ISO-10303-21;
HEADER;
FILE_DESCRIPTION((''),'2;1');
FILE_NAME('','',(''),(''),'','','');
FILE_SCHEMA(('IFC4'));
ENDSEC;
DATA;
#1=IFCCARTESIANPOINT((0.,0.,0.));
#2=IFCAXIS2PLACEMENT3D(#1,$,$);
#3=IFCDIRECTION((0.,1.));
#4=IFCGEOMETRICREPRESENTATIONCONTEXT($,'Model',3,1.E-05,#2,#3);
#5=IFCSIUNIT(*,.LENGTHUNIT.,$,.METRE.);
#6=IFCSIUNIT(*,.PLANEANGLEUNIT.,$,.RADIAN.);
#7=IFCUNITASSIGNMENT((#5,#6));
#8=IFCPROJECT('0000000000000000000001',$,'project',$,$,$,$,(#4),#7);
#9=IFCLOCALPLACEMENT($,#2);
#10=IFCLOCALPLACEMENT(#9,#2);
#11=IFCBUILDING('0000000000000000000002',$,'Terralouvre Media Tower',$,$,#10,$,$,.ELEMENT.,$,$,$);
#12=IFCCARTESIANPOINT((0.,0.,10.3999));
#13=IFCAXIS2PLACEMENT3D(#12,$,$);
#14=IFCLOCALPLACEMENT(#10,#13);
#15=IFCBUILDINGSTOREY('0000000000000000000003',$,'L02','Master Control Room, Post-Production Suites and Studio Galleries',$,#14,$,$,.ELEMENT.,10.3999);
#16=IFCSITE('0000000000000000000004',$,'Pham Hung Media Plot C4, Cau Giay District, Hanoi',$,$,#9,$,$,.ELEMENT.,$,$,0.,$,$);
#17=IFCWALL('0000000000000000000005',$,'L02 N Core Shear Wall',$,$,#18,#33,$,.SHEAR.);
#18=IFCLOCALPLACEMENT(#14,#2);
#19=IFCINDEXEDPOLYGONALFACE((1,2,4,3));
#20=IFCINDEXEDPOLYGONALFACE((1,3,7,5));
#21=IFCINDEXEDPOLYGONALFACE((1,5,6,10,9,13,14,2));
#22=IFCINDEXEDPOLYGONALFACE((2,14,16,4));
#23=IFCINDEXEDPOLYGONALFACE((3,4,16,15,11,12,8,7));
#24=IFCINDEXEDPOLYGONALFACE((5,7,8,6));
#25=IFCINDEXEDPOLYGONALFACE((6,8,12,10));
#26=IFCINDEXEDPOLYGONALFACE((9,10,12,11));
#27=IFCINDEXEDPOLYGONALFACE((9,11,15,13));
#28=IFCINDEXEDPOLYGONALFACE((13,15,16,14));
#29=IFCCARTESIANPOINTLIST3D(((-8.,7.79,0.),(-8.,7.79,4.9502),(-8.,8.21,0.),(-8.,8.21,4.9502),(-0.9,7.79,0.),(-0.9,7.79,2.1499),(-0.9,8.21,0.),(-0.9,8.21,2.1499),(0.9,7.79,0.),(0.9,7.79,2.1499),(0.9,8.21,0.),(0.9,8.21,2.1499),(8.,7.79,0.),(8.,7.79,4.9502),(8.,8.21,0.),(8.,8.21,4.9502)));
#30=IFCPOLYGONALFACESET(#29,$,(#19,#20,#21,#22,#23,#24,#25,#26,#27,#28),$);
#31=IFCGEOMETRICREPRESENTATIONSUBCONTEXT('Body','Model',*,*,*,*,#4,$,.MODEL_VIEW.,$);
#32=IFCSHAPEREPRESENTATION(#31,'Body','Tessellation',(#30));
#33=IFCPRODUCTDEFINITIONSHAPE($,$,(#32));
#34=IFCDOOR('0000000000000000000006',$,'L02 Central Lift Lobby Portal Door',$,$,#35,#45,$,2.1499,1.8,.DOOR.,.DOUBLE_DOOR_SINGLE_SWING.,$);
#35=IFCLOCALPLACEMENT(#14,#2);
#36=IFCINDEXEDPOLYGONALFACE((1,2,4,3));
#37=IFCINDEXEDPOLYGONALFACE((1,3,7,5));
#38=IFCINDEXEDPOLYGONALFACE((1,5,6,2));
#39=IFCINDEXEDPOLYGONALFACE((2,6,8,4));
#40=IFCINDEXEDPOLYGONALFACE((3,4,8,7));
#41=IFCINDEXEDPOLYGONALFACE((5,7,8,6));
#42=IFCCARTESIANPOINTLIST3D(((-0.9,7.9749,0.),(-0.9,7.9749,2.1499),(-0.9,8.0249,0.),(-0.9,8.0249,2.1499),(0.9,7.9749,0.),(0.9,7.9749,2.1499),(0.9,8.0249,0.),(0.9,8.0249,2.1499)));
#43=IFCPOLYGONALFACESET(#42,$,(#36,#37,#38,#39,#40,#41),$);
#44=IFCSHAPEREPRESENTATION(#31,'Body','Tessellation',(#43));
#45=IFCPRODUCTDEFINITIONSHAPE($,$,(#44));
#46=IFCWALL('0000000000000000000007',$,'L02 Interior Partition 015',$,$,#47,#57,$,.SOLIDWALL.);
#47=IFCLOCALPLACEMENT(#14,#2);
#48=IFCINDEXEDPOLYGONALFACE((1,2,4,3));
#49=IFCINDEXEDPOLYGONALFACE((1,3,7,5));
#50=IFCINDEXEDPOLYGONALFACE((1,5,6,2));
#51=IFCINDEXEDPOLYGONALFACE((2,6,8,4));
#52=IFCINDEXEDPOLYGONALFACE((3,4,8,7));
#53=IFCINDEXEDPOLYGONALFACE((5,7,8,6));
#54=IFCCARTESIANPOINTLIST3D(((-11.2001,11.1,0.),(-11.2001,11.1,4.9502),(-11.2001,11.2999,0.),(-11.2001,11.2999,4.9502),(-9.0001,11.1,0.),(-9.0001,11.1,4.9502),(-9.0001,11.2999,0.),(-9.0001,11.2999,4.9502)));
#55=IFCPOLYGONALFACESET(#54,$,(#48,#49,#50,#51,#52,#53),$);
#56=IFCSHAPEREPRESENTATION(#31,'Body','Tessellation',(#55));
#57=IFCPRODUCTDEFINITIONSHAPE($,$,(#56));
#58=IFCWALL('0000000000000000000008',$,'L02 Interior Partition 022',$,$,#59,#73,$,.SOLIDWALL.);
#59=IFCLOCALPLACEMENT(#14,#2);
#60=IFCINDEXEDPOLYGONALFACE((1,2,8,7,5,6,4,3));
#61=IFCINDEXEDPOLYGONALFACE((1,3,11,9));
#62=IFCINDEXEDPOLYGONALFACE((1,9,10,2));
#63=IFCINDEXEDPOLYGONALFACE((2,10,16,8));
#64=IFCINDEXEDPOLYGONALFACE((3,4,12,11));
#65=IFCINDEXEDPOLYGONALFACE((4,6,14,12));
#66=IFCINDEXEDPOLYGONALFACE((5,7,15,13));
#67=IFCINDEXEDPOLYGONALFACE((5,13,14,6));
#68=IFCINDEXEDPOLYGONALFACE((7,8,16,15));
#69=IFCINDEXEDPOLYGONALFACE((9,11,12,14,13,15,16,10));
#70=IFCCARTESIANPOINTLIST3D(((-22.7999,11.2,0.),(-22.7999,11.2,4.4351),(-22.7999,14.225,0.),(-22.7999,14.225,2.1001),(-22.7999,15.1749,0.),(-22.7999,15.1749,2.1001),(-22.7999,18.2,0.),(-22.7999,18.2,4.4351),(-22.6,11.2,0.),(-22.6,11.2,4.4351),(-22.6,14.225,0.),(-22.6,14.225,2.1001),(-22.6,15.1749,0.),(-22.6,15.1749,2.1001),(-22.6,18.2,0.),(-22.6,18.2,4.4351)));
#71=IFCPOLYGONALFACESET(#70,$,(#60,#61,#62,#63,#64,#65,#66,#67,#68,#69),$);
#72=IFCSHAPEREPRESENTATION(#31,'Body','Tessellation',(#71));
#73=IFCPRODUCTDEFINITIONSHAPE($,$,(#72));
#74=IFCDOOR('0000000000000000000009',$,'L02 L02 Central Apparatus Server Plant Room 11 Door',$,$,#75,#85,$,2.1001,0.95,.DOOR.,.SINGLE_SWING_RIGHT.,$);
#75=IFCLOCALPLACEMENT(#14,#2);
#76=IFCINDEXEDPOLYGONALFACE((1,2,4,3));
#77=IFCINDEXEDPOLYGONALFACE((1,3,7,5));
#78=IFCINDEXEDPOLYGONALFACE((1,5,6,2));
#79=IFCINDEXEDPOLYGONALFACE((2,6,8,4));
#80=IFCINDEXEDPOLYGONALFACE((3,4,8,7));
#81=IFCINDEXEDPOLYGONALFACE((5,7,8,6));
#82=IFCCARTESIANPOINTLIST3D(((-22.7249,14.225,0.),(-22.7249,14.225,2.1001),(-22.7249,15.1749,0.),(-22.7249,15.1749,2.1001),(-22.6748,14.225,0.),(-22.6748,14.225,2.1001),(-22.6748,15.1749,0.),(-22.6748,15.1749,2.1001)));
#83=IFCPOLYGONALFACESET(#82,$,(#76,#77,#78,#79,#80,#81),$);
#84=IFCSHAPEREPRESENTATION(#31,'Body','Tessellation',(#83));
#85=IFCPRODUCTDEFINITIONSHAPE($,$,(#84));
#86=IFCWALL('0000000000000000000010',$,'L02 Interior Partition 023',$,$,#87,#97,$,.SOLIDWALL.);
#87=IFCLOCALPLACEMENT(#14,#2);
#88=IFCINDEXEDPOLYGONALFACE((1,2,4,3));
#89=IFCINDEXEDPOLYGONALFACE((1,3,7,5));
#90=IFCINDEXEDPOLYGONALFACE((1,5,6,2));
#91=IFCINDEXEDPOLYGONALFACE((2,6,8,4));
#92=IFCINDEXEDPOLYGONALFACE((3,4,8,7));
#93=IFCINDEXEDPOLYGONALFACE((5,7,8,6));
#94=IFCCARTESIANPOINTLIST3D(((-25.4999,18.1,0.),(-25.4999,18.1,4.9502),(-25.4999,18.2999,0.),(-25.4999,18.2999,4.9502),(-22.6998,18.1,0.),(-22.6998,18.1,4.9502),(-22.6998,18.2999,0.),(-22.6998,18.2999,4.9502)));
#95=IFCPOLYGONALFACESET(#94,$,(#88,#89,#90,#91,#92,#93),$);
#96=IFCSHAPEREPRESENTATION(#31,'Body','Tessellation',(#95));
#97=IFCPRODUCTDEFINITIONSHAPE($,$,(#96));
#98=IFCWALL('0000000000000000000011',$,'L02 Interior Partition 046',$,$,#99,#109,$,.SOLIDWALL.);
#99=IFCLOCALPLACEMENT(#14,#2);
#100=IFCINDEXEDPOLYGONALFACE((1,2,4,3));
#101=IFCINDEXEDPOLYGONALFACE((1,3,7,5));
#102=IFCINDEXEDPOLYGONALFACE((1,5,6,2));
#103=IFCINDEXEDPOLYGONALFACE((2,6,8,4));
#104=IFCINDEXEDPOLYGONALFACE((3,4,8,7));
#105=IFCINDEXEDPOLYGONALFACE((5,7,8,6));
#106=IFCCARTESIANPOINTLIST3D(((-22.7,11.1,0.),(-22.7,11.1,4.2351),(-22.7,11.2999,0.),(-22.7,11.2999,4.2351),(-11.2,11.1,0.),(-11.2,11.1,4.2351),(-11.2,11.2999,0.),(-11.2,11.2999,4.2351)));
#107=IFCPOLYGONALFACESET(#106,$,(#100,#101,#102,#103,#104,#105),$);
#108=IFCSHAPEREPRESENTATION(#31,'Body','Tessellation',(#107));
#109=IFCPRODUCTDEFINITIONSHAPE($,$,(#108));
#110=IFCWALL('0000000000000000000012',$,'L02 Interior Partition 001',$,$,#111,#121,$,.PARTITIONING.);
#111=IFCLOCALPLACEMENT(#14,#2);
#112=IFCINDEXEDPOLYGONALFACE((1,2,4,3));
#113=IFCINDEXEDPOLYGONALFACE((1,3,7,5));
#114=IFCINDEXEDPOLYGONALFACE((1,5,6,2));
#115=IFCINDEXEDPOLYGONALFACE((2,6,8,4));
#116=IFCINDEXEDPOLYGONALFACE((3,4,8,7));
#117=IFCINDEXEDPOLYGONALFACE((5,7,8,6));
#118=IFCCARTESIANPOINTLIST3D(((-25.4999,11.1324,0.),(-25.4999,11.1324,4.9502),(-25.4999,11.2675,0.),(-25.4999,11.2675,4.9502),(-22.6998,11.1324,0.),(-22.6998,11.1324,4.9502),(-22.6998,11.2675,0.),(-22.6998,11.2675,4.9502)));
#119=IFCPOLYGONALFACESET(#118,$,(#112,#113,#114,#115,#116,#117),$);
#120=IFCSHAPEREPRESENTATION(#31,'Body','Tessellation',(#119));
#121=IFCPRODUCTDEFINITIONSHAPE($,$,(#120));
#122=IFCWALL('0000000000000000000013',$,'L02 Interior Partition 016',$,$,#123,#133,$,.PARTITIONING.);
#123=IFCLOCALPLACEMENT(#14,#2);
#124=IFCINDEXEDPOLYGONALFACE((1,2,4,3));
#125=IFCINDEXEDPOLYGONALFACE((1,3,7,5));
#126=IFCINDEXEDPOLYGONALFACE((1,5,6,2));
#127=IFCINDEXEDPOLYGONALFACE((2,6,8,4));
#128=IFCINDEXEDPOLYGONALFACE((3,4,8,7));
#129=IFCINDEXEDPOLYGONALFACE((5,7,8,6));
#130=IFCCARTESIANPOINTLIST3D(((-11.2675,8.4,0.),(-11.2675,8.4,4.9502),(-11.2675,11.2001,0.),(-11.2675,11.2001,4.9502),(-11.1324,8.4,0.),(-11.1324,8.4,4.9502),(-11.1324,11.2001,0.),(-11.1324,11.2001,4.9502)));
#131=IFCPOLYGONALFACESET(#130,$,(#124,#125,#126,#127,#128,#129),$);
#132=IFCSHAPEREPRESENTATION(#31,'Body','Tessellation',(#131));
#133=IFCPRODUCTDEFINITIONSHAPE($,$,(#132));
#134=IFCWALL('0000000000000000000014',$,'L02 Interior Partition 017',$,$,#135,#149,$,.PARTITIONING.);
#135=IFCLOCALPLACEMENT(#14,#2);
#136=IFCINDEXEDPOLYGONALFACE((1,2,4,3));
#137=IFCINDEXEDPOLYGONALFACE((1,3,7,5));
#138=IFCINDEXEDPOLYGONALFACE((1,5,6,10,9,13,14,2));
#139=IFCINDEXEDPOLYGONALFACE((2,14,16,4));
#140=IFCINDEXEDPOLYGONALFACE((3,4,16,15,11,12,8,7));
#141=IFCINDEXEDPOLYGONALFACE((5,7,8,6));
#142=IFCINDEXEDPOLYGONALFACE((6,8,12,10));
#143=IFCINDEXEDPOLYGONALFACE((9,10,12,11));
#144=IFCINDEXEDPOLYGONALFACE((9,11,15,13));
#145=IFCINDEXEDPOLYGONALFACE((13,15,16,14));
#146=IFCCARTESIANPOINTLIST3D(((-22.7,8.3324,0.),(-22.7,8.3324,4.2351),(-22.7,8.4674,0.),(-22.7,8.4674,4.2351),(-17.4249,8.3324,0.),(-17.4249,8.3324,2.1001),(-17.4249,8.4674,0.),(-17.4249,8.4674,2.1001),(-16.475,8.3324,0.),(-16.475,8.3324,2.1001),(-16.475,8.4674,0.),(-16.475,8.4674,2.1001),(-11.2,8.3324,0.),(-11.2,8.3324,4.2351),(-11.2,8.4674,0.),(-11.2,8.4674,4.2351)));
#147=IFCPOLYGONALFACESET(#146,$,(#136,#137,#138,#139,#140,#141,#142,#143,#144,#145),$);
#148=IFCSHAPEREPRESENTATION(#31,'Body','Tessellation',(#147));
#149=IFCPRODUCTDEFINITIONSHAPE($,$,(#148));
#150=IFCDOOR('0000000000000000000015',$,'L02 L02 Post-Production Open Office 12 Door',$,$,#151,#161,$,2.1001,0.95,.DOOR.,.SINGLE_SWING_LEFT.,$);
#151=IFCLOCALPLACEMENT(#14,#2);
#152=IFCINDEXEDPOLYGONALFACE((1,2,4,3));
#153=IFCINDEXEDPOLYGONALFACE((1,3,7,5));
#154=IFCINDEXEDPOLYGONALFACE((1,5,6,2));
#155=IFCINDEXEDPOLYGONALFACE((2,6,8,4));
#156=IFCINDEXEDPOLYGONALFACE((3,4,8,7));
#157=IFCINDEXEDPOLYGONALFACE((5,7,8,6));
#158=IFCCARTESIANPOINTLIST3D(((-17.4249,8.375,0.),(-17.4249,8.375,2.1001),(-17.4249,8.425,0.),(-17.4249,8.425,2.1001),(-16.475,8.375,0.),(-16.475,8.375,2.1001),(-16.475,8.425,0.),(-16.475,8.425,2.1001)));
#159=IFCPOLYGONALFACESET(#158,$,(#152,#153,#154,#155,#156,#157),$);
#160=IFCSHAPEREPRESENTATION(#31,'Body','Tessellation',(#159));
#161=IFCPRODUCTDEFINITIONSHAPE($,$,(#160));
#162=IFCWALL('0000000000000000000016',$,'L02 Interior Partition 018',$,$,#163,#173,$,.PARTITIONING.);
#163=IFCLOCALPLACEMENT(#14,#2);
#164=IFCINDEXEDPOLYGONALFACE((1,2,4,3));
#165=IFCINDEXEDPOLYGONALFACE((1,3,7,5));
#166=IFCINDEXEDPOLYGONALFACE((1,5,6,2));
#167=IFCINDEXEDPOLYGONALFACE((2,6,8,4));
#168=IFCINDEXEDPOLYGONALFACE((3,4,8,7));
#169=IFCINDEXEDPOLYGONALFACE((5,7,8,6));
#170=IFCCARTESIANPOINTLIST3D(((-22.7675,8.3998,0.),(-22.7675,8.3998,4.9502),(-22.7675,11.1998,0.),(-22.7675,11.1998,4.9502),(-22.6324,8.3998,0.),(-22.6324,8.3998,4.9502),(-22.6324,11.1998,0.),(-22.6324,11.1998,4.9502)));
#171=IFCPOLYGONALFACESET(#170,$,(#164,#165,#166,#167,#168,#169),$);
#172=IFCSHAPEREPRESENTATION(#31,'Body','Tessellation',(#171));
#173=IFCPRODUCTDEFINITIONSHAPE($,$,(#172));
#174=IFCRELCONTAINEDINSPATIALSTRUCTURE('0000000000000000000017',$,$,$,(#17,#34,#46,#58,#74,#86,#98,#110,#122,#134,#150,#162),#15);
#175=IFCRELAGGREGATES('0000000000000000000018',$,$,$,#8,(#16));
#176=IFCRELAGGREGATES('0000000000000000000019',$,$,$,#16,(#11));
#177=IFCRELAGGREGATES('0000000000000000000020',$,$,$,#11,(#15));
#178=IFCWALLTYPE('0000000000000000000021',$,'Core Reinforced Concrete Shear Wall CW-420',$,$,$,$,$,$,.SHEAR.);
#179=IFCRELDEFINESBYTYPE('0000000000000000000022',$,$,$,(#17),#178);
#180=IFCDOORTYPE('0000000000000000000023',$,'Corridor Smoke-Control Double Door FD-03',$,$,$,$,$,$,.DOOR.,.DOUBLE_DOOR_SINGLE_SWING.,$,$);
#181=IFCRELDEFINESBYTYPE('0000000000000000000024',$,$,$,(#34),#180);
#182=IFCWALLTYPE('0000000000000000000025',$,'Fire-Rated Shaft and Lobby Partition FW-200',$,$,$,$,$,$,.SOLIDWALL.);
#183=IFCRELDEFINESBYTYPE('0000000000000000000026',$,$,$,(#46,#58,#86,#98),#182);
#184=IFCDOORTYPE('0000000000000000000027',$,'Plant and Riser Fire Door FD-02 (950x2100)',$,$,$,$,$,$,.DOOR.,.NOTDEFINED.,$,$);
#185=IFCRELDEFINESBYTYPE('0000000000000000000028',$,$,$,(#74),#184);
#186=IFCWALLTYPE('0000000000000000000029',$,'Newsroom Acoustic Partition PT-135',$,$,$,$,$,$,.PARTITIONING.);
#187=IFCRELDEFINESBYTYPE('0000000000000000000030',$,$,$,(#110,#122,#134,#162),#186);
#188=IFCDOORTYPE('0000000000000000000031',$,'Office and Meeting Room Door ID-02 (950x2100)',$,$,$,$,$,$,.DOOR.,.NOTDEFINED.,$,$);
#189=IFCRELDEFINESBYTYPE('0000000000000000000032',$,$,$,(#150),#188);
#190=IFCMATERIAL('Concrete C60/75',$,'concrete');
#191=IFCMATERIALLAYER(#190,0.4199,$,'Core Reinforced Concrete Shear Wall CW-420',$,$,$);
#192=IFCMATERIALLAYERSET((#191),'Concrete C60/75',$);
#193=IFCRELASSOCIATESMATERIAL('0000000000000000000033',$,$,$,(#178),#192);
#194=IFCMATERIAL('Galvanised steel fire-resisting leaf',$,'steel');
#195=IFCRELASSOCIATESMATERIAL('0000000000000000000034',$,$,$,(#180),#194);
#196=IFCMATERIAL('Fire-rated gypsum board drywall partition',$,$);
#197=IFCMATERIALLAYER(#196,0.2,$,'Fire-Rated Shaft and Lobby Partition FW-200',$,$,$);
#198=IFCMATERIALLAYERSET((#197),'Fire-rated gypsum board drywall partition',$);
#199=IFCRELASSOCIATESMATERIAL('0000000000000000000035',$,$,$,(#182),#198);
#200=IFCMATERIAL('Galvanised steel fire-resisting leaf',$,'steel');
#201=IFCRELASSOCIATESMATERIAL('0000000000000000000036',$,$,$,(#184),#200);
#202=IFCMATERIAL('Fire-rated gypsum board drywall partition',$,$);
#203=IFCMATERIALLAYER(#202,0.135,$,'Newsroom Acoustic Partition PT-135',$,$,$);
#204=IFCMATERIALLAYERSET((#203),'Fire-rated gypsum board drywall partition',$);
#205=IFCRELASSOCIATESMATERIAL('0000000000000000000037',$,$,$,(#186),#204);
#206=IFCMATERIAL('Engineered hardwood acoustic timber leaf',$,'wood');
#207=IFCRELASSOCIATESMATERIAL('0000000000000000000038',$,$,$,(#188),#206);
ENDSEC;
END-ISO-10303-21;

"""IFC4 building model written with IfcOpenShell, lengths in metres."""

from ifc_helpers import new_model, si_unit, direction, frame, frame_2d, origin, place, context, subcontext, project, spatial, rectangle, extrude, material, layer, layer_set, type_object, element, fill, save


model = new_model("IFC4")

# Units and contexts
model_context = context("Model", 3, precision=1e-05, world=origin(), true_north=direction((0.0, 1.0)))
body_context = subcontext(model_context, "Body", "Model", "MODEL_VIEW")
ifc_project = project(units=[si_unit("LENGTHUNIT", "METRE"), si_unit("PLANEANGLEUNIT", "RADIAN")], contexts=[model_context])

# Site, building, storey
site_placement = place(None, origin())
site = spatial("IfcSite", under=ifc_project, at=site_placement, Name="Pham Hung Media Plot C4, Cau Giay District, Hanoi", CompositionType="ELEMENT", RefElevation=0.0)
building_placement = place(site_placement, origin())
building = spatial("IfcBuilding", under=site, at=building_placement, Name="Terralouvre Media Tower", CompositionType="ELEMENT")
storey_placement = place(building_placement, frame((0.0, 0.0, 10.3999)))
storey = spatial("IfcBuildingStorey", under=building, at=storey_placement, Name="L02", Description="Master Control Room, Post-Production Suites and Studio Galleries", CompositionType="ELEMENT", Elevation=10.3999)

# Wall, opening, door
ifc_material_1 = material(Name="Concrete C60/75", Category="concrete")
ifc_layer_1 = layer(ifc_material_1, 0.4199, Name="Core Reinforced Concrete Shear Wall CW-420")
ifc_layer_set_1 = layer_set([ifc_layer_1], Name="Concrete C60/75")
wall_type_1 = type_object("IfcWallType", Name="Core Reinforced Concrete Shear Wall CW-420", PredefinedType="SHEAR", material=ifc_layer_set_1)
wall_1_placement = place(storey_placement, frame((-8.0, 8.0, 0.0), z_axis=(0.0, 0.0, 1.0), x_axis=(1.0, 0.0, 0.0)))
wall_1 = element("IfcWall", 1, at=wall_1_placement, inside=storey, type_object=wall_type_1, Name="L02 N Core Shear Wall", PredefinedType="SHEAR", context=body_context, shape_type="SweptSolid", body=[
    extrude(rectangle(XDim=16.0, YDim=0.4199, at=frame_2d((8.0, 0.0))), origin(), (0.0, 0.0, 1.0), 4.9502),
])
opening_1_placement = place(wall_1_placement, frame((7.1001, 0.0, 0.0)))
opening_1 = element("IfcOpeningElement", 2, at=opening_1_placement, cuts=wall_1, PredefinedType="OPENING", context=body_context, shape_type="SweptSolid", body=[
    extrude(rectangle(XDim=1.8, YDim=2.1499, at=frame_2d((0.8999, 1.075))), frame((0.0, 0.22, 0.0), z_axis=(0.0, -1.0, 0.0), x_axis=(1.0, 0.0, 0.0)), (0.0, 0.0, 1.0), 0.4399),
])
ifc_material_2 = material(Name="Galvanised steel fire-resisting leaf", Category="steel")
door_type_1 = type_object("IfcDoorType", Name="Corridor Smoke-Control Double Door FD-03", OperationType="DOUBLE_DOOR_SINGLE_SWING", PredefinedType="DOOR", material=ifc_material_2)
door_1_placement = place(opening_1_placement, origin())
door_1 = element("IfcDoor", 3, at=door_1_placement, inside=storey, type_object=door_type_1, Name="L02 Central Lift Lobby Portal Door", OperationType="DOUBLE_DOOR_SINGLE_SWING", OverallHeight=2.1499, OverallWidth=1.8, PredefinedType="DOOR", context=body_context, shape_type="SweptSolid", body=[
    extrude(rectangle(XDim=1.8, YDim=2.1499, at=frame_2d((0.8999, 1.075))), frame((0.0, 0.0249, 0.0), z_axis=(0.0, -1.0, 0.0), x_axis=(1.0, 0.0, 0.0)), (0.0, 0.0, 1.0), 0.05),
])
fill(opening_1, door_1)

# Wall
ifc_material_3 = material(Name="Fire-rated gypsum board drywall partition")
ifc_layer_2 = layer(ifc_material_3, 0.2, Name="Fire-Rated Shaft and Lobby Partition FW-200")
ifc_layer_set_2 = layer_set([ifc_layer_2], Name="Fire-rated gypsum board drywall partition")
wall_type_2 = type_object("IfcWallType", Name="Fire-Rated Shaft and Lobby Partition FW-200", PredefinedType="SOLIDWALL", material=ifc_layer_set_2)
wall_2_placement = place(storey_placement, frame((-9.0, 11.2, 0.0), z_axis=(0.0, 0.0, 1.0), x_axis=(-1.0, 0.0, 0.0)))
element("IfcWall", 4, at=wall_2_placement, inside=storey, type_object=wall_type_2, Name="L02 Interior Partition 015", PredefinedType="SOLIDWALL", context=body_context, shape_type="SweptSolid", body=[
    extrude(rectangle(XDim=2.2, YDim=0.2, at=frame_2d((1.1001, 0.0))), origin(), (0.0, 0.0, 1.0), 4.9502),
])

# Wall, opening, door
wall_3_placement = place(storey_placement, frame((-22.7, 11.2, 0.0), z_axis=(0.0, 0.0, 1.0), x_axis=(0.0, 1.0, 0.0)))
wall_3 = element("IfcWall", 5, at=wall_3_placement, inside=storey, type_object=wall_type_2, Name="L02 Interior Partition 022", PredefinedType="SOLIDWALL", context=body_context, shape_type="SweptSolid", body=[
    extrude(rectangle(XDim=7.0, YDim=0.2, at=frame_2d((3.5, 0.0))), origin(), (0.0, 0.0, 1.0), 4.4351),
])
opening_2_placement = place(wall_3_placement, frame((3.0249, 0.0, 0.0)))
opening_2 = element("IfcOpeningElement", 6, at=opening_2_placement, cuts=wall_3, PredefinedType="OPENING", context=body_context, shape_type="SweptSolid", body=[
    extrude(rectangle(XDim=0.95, YDim=2.1001, at=frame_2d((0.4751, 1.05))), frame((0.0, 0.1099, 0.0), z_axis=(0.0, -1.0, 0.0), x_axis=(1.0, 0.0, 0.0)), (0.0, 0.0, 1.0), 0.22),
])
ifc_material_4 = material(Name="Galvanised steel fire-resisting leaf", Category="steel")
door_type_2 = type_object("IfcDoorType", Name="Plant and Riser Fire Door FD-02 (950x2100)", OperationType="NOTDEFINED", PredefinedType="DOOR", material=ifc_material_4)
door_2_placement = place(opening_2_placement, origin())
door_2 = element("IfcDoor", 7, at=door_2_placement, inside=storey, type_object=door_type_2, Name="L02 L02 Central Apparatus Server Plant Room 11 Door", OperationType="SINGLE_SWING_RIGHT", OverallHeight=2.1001, OverallWidth=0.95, PredefinedType="DOOR", context=body_context, shape_type="SweptSolid", body=[
    extrude(rectangle(XDim=0.95, YDim=2.1001, at=frame_2d((0.4751, 1.05))), frame((0.0, 0.0249, 0.0), z_axis=(0.0, -1.0, 0.0), x_axis=(1.0, 0.0, 0.0)), (0.0, 0.0, 1.0), 0.05),
])
fill(opening_2, door_2)

# Walls
wall_4_placement = place(storey_placement, frame((-22.7, 18.2, 0.0), z_axis=(0.0, 0.0, 1.0), x_axis=(-1.0, 0.0, 0.0)))
element("IfcWall", 8, at=wall_4_placement, inside=storey, type_object=wall_type_2, Name="L02 Interior Partition 023", PredefinedType="SOLIDWALL", context=body_context, shape_type="SweptSolid", body=[
    extrude(rectangle(XDim=2.8, YDim=0.2, at=frame_2d((1.3999, 0.0))), origin(), (0.0, 0.0, 1.0), 4.9502),
])
wall_5_placement = place(storey_placement, frame((-22.7, 11.2, 0.0), z_axis=(0.0, 0.0, 1.0), x_axis=(1.0, 0.0, 0.0)))
element("IfcWall", 9, at=wall_5_placement, inside=storey, type_object=wall_type_2, Name="L02 Interior Partition 046", PredefinedType="SOLIDWALL", context=body_context, shape_type="SweptSolid", body=[
    extrude(rectangle(XDim=11.5, YDim=0.2, at=frame_2d((5.75, 0.0))), origin(), (0.0, 0.0, 1.0), 4.2351),
])
ifc_material_5 = material(Name="Fire-rated gypsum board drywall partition")
ifc_layer_3 = layer(ifc_material_5, 0.135, Name="Newsroom Acoustic Partition PT-135")
ifc_layer_set_3 = layer_set([ifc_layer_3], Name="Fire-rated gypsum board drywall partition")
wall_type_3 = type_object("IfcWallType", Name="Newsroom Acoustic Partition PT-135", PredefinedType="PARTITIONING", material=ifc_layer_set_3)
for number, where, z_axis, x_axis, name in (
    (10, (-22.7, 11.2, 0.0), (0.0, 0.0, 1.0), (-1.0, 0.0, 0.0), "L02 Interior Partition 001"),
    (11, (-11.2, 11.2, 0.0), (0.0, 0.0, 1.0), (0.0, -1.0, 0.0), "L02 Interior Partition 016"),
):
    element("IfcWall", number, at=place(storey_placement, frame(where, z_axis=z_axis, x_axis=x_axis)), inside=storey, type_object=wall_type_3, Name=name, PredefinedType="PARTITIONING", context=body_context, shape_type="SweptSolid", body=[
        extrude(rectangle(XDim=2.8, YDim=0.135, at=frame_2d((1.3999, 0.0))), origin(), (0.0, 0.0, 1.0), 4.9502),
    ])

# Wall, opening, door
wall_6_placement = place(storey_placement, frame((-11.2, 8.3999, 0.0), z_axis=(0.0, 0.0, 1.0), x_axis=(-1.0, 0.0, 0.0)))
wall_6 = element("IfcWall", 12, at=wall_6_placement, inside=storey, type_object=wall_type_3, Name="L02 Interior Partition 017", PredefinedType="PARTITIONING", context=body_context, shape_type="SweptSolid", body=[
    extrude(rectangle(XDim=11.5, YDim=0.135, at=frame_2d((5.75, 0.0))), origin(), (0.0, 0.0, 1.0), 4.2351),
])
opening_3_placement = place(wall_6_placement, frame((5.2749, 0.0, 0.0)))
opening_3 = element("IfcOpeningElement", 13, at=opening_3_placement, cuts=wall_6, PredefinedType="OPENING", context=body_context, shape_type="SweptSolid", body=[
    extrude(rectangle(XDim=0.95, YDim=2.1001, at=frame_2d((0.4751, 1.05))), frame((0.0, 0.0774, 0.0), z_axis=(0.0, -1.0, 0.0), x_axis=(1.0, 0.0, 0.0)), (0.0, 0.0, 1.0), 0.155),
])
ifc_material_6 = material(Name="Engineered hardwood acoustic timber leaf", Category="wood")
door_type_3 = type_object("IfcDoorType", Name="Office and Meeting Room Door ID-02 (950x2100)", OperationType="NOTDEFINED", PredefinedType="DOOR", material=ifc_material_6)
door_3_placement = place(opening_3_placement, origin())
door_3 = element("IfcDoor", 14, at=door_3_placement, inside=storey, type_object=door_type_3, Name="L02 L02 Post-Production Open Office 12 Door", OperationType="SINGLE_SWING_LEFT", OverallHeight=2.1001, OverallWidth=0.95, PredefinedType="DOOR", context=body_context, shape_type="SweptSolid", body=[
    extrude(rectangle(XDim=0.95, YDim=2.1001, at=frame_2d((0.4751, 1.05))), frame((0.0, 0.0249, 0.0), z_axis=(0.0, -1.0, 0.0), x_axis=(1.0, 0.0, 0.0)), (0.0, 0.0, 1.0), 0.05),
])
fill(opening_3, door_3)

# Wall
wall_7_placement = place(storey_placement, frame((-22.7, 8.3999, 0.0), z_axis=(0.0, 0.0, 1.0), x_axis=(0.0, 1.0, 0.0)))
element("IfcWall", 15, at=wall_7_placement, inside=storey, type_object=wall_type_3, Name="L02 Interior Partition 018", PredefinedType="PARTITIONING", context=body_context, shape_type="SweptSolid", body=[
    extrude(rectangle(XDim=2.8, YDim=0.135, at=frame_2d((1.3999, 0.0))), origin(), (0.0, 0.0, 1.0), 4.9502),
])

save(model, "model.ifc")
